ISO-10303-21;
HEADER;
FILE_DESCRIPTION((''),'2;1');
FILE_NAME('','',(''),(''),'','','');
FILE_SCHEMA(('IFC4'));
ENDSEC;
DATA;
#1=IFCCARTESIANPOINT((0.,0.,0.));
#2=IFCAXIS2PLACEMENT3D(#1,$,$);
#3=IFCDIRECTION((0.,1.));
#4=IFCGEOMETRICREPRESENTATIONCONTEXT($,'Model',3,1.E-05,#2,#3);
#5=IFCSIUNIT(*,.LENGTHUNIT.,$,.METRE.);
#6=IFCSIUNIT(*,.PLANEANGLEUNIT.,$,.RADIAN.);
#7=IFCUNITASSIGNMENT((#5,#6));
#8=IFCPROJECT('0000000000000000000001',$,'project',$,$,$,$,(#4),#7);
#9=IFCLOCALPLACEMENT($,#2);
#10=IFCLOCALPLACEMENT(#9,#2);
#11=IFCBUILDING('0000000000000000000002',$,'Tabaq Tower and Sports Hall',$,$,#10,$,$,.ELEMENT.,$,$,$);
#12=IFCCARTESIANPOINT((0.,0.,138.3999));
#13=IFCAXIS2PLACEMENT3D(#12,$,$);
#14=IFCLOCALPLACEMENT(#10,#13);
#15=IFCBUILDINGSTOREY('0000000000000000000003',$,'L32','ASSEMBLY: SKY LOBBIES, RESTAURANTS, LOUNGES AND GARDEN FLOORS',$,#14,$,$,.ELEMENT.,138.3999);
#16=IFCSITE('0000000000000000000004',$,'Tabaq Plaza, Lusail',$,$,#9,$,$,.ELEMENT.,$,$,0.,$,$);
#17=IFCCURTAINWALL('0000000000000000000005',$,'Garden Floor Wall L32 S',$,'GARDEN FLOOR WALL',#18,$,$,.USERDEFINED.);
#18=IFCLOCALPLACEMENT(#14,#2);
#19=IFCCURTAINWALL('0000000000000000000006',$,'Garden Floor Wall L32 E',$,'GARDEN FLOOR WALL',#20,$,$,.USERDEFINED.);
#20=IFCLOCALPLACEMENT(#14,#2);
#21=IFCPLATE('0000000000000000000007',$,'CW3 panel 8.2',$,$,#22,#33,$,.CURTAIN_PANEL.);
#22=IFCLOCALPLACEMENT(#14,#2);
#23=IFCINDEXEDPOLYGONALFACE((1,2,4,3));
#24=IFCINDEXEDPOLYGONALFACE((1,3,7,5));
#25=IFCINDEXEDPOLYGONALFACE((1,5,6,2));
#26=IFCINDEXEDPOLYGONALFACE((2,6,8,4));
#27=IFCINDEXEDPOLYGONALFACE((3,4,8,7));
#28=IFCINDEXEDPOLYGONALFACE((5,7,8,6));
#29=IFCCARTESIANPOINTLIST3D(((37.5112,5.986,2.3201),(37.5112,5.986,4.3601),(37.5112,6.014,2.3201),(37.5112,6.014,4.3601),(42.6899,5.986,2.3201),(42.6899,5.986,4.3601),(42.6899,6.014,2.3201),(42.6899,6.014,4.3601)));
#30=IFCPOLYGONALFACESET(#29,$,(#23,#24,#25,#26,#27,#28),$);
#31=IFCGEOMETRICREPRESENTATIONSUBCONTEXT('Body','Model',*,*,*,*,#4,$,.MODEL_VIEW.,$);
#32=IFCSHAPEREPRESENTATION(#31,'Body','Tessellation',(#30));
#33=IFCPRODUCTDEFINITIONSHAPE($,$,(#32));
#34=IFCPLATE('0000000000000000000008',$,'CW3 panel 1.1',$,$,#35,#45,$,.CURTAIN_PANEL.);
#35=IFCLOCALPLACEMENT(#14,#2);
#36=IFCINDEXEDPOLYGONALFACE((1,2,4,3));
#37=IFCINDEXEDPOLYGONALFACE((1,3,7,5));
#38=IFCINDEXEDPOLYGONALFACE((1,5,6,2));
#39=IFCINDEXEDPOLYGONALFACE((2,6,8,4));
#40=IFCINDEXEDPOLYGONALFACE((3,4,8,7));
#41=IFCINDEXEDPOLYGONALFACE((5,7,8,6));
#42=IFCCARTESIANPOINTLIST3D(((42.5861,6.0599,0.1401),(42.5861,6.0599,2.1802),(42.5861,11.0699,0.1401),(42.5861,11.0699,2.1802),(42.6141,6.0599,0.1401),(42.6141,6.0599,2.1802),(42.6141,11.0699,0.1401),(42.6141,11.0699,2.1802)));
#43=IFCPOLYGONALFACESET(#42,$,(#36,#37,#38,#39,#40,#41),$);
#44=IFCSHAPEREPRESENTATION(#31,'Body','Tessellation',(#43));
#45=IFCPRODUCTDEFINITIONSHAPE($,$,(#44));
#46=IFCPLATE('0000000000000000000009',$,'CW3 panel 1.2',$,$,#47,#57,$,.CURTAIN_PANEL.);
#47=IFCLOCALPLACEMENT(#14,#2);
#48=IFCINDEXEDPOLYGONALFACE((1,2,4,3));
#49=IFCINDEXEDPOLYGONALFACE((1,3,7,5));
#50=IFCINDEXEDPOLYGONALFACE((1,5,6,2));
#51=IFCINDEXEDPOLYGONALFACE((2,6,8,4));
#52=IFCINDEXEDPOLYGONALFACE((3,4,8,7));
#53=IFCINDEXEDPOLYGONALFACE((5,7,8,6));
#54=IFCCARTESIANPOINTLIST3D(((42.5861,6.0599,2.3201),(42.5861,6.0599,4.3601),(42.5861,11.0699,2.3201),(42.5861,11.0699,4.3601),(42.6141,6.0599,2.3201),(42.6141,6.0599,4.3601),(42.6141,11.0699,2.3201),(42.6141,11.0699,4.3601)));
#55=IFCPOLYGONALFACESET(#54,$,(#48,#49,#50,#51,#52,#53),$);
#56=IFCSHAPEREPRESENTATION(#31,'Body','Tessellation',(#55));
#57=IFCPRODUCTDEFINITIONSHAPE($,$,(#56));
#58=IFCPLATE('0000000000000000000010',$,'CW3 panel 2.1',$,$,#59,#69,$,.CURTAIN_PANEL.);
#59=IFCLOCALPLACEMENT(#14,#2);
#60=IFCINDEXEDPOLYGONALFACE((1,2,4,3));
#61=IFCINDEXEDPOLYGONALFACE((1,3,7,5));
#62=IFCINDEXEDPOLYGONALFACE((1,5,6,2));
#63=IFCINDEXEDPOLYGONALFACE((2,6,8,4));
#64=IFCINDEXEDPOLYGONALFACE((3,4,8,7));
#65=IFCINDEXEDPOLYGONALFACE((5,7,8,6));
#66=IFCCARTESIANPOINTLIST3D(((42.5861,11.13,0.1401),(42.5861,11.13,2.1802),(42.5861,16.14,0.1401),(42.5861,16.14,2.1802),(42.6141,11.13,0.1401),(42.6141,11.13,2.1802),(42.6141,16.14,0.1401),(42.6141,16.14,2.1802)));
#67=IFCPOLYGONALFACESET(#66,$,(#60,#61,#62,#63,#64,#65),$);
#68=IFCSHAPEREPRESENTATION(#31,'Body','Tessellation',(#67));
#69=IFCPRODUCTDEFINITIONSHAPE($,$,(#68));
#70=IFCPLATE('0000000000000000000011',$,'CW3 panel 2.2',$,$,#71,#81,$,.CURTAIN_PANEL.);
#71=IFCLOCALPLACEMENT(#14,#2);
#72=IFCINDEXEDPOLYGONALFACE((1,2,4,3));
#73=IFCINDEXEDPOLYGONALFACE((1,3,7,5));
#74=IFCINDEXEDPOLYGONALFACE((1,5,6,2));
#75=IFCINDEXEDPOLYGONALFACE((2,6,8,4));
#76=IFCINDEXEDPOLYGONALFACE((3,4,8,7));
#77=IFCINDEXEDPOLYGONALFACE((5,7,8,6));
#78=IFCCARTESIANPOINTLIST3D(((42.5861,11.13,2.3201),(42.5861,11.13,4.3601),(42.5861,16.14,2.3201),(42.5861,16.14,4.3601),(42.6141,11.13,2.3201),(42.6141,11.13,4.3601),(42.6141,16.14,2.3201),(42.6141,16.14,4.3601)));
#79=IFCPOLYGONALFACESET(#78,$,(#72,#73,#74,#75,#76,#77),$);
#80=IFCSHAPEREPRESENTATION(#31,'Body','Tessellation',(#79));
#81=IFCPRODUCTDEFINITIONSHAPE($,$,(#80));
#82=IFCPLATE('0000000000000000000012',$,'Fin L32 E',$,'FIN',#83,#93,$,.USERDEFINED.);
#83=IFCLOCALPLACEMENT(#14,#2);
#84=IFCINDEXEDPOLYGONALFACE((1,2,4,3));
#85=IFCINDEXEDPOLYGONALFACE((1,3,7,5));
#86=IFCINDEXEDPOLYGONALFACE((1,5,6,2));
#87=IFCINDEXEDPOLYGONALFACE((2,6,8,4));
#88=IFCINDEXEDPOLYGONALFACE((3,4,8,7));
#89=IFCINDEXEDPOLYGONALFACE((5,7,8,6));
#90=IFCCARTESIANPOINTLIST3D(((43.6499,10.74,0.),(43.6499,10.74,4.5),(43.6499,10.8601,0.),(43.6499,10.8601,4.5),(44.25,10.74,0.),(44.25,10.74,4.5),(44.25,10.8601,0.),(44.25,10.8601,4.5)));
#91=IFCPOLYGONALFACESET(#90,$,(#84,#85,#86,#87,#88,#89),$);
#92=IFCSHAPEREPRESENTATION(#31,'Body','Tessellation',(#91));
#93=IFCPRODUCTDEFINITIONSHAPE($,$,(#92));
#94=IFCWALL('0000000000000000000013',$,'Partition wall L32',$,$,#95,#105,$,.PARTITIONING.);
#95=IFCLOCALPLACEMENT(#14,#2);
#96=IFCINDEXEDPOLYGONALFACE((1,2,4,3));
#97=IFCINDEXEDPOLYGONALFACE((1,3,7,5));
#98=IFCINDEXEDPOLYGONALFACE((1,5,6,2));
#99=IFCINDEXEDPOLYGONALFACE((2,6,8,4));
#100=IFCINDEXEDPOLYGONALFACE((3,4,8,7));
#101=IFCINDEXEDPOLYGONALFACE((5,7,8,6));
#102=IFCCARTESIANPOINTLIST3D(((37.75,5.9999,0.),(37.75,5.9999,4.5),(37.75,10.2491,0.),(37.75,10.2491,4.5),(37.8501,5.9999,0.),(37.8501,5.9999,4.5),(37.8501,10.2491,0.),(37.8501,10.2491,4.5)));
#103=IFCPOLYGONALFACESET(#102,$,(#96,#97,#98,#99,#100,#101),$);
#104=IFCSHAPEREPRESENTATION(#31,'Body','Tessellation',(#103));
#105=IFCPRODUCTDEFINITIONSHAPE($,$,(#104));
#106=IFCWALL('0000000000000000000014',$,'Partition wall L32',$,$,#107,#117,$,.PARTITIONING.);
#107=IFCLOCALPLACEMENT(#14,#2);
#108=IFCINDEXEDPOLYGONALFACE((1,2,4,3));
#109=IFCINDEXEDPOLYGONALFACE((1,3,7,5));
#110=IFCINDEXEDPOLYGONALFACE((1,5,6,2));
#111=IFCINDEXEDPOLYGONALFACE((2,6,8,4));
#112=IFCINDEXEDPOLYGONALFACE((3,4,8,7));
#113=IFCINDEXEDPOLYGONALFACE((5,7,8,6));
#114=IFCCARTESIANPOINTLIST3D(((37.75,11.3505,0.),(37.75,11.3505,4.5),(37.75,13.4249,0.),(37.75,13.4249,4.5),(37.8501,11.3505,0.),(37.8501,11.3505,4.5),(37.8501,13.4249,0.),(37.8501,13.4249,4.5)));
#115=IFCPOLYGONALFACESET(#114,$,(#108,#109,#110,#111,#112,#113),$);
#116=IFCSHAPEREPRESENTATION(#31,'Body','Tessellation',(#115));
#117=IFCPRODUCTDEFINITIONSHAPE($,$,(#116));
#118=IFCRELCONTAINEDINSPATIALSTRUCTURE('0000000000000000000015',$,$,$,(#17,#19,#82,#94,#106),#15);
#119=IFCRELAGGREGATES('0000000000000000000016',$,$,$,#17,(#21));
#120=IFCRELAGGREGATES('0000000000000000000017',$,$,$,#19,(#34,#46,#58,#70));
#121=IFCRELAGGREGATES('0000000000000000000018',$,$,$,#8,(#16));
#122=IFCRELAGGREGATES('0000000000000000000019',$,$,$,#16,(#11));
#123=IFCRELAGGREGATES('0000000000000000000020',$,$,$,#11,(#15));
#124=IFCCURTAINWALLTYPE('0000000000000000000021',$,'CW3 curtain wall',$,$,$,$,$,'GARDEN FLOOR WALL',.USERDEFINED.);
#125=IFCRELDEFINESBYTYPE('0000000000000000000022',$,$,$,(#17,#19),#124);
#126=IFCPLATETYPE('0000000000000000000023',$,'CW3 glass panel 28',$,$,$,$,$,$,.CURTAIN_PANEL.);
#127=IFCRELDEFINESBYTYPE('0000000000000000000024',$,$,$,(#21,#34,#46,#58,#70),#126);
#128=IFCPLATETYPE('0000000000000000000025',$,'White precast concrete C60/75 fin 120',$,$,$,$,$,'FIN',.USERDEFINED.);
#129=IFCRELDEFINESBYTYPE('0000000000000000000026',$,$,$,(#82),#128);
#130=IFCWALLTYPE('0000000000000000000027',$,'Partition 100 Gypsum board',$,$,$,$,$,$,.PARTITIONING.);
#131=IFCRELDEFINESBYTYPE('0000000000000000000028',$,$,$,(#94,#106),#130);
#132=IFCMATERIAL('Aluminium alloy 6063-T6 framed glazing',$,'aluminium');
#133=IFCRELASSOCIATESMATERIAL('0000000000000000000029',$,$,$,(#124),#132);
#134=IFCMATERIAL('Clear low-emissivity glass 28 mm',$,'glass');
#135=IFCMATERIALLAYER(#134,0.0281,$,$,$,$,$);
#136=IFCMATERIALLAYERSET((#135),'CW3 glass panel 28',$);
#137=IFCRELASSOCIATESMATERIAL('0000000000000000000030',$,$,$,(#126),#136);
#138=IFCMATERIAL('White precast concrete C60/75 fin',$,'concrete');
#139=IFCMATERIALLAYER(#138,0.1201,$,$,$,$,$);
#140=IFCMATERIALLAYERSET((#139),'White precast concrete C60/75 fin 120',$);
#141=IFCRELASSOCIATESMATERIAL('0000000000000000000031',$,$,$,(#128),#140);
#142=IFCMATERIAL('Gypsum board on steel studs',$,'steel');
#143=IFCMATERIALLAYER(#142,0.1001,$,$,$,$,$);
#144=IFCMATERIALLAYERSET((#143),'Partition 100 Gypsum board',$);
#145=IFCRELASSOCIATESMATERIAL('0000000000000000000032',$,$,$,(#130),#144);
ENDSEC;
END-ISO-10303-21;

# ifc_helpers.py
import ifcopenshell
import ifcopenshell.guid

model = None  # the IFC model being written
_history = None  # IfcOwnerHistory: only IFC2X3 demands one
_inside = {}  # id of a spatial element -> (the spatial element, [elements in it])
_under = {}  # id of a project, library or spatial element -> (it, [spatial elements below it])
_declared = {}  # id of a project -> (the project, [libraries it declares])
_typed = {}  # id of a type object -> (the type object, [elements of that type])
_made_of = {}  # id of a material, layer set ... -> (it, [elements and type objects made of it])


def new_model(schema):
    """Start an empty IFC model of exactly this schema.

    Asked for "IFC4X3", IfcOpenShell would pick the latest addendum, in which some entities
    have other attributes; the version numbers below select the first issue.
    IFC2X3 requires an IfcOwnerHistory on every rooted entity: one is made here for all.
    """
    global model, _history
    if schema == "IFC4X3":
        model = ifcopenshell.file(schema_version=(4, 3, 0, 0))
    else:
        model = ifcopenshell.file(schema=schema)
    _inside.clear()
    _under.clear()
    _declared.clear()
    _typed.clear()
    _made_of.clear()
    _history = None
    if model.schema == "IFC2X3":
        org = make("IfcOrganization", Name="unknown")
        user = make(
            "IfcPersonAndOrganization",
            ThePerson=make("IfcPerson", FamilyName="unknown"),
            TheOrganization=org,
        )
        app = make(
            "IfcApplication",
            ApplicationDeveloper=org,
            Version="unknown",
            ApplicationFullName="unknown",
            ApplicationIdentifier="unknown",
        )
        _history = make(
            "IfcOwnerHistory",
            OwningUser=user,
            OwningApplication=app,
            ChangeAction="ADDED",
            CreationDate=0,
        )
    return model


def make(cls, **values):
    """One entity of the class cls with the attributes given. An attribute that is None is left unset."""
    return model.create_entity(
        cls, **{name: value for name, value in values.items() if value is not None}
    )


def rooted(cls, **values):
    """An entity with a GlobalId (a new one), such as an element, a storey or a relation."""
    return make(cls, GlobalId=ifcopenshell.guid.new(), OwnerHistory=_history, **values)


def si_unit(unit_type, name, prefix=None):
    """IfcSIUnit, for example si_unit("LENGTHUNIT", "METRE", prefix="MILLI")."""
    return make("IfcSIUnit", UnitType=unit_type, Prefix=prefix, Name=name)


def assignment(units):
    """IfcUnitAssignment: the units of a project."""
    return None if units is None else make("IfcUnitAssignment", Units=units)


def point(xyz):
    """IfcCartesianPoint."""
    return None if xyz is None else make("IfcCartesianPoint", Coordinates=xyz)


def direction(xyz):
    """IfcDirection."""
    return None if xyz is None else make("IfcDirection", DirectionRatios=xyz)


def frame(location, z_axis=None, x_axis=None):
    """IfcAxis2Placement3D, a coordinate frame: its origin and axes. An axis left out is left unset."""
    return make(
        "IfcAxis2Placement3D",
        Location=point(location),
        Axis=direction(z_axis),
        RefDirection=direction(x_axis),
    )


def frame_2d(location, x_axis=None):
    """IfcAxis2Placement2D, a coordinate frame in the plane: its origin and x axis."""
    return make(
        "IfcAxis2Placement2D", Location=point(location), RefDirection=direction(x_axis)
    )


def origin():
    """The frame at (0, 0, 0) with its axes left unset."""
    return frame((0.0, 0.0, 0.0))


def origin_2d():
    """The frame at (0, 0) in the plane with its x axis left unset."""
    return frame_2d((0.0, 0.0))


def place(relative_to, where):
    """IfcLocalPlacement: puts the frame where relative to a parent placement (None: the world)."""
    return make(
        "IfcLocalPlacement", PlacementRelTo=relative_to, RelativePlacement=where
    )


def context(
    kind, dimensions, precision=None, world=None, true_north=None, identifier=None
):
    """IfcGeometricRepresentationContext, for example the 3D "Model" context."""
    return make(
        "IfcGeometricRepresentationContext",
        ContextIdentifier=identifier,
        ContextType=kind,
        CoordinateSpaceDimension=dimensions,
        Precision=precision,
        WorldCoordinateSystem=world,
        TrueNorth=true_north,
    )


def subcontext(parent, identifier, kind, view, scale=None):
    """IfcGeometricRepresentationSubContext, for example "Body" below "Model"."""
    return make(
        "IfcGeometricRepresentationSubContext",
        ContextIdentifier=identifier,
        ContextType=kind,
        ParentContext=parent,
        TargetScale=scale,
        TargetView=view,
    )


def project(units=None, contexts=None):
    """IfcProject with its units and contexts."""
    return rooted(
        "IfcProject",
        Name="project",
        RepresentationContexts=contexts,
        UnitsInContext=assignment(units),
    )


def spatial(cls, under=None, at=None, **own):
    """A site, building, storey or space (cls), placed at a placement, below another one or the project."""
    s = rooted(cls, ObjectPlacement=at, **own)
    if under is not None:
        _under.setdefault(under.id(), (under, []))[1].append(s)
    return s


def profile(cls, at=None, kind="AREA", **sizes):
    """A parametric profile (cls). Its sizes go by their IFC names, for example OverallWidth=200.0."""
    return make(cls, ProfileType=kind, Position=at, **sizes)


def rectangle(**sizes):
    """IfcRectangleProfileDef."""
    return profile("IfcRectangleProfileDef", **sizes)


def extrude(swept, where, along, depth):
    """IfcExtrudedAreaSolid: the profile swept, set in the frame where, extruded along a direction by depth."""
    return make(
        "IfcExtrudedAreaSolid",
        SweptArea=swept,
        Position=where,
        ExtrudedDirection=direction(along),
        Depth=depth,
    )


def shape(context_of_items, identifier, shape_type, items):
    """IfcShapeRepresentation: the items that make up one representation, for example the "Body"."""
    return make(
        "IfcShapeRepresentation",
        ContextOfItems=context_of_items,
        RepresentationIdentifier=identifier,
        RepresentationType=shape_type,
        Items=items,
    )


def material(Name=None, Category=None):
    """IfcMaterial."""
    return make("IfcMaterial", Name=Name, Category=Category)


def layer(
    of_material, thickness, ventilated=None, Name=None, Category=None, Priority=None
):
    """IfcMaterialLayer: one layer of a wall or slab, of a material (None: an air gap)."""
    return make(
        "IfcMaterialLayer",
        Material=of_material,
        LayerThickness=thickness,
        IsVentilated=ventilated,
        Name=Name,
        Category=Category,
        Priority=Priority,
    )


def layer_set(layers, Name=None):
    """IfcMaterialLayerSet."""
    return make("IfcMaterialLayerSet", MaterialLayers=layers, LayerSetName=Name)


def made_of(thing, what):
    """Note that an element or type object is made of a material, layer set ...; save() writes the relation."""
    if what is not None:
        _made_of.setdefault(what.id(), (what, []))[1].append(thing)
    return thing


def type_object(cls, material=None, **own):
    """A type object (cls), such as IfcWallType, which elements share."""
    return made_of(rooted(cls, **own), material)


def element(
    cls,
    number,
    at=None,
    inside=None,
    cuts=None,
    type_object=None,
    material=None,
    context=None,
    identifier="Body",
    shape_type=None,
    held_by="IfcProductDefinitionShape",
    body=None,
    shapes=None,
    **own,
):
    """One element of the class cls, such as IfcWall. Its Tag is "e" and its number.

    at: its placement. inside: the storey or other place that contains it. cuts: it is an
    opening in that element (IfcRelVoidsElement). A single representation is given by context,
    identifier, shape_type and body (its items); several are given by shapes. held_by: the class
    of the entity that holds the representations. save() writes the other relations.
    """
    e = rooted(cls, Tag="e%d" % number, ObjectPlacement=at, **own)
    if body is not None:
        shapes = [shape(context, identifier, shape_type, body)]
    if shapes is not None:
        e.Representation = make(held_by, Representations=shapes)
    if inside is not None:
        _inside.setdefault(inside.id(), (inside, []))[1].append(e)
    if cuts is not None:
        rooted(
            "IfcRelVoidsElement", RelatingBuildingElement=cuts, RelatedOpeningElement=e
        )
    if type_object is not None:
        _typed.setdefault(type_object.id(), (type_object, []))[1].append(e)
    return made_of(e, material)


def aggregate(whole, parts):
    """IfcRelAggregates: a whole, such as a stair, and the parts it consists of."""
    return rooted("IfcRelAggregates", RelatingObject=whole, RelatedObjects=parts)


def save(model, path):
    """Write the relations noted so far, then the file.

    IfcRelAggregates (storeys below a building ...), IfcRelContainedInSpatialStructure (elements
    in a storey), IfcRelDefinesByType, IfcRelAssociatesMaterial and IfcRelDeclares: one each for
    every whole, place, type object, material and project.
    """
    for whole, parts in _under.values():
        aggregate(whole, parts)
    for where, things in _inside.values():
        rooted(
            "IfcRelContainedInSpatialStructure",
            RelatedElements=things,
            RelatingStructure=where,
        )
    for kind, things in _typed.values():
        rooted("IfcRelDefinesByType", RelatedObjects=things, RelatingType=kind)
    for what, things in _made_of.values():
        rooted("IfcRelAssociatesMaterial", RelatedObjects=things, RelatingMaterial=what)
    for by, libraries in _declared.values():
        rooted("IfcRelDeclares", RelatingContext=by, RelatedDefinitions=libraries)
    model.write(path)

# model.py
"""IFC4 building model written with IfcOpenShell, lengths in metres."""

from ifc_helpers import new_model, si_unit, direction, frame, frame_2d, origin, origin_2d, place, context, subcontext, project, spatial, rectangle, extrude, material, layer, layer_set, type_object, element, aggregate, save


model = new_model("IFC4")

# Units and contexts
model_context = context("Model", 3, precision=1e-05, world=origin(), true_north=direction((0.0, 1.0)))
body_context = subcontext(model_context, "Body", "Model", "MODEL_VIEW")
ifc_project = project(units=[si_unit("LENGTHUNIT", "METRE"), si_unit("PLANEANGLEUNIT", "RADIAN")], contexts=[model_context])

# Site, building, storey
site_placement = place(None, origin())
site = spatial("IfcSite", under=ifc_project, at=site_placement, Name="Tabaq Plaza, Lusail", CompositionType="ELEMENT", RefElevation=0.0)
building_placement = place(site_placement, origin())
building = spatial("IfcBuilding", under=site, at=building_placement, Name="Tabaq Tower and Sports Hall", CompositionType="ELEMENT")
storey_placement = place(building_placement, frame((0.0, 0.0, 138.3999)))
storey = spatial("IfcBuildingStorey", under=building, at=storey_placement, Name="L32", Description="ASSEMBLY: SKY LOBBIES, RESTAURANTS, LOUNGES AND GARDEN FLOORS", CompositionType="ELEMENT", Elevation=138.3999)

# Curtain wall
ifc_material_1 = material(Name="Aluminium alloy 6063-T6 framed glazing", Category="aluminium")
curtain_wall_type = type_object("IfcCurtainWallType", Name="CW3 curtain wall", ElementType="GARDEN FLOOR WALL", PredefinedType="USERDEFINED", material=ifc_material_1)
curtain_wall_1_placement = place(storey_placement, origin())
curtain_wall_1 = element("IfcCurtainWall", 1, at=curtain_wall_1_placement, inside=storey, type_object=curtain_wall_type, Name="Garden Floor Wall L32 S", ObjectType="GARDEN FLOOR WALL", PredefinedType="USERDEFINED")

# Curtain wall
curtain_wall_2_placement = place(storey_placement, origin())
curtain_wall_2 = element("IfcCurtainWall", 2, at=curtain_wall_2_placement, inside=storey, type_object=curtain_wall_type, Name="Garden Floor Wall L32 E", ObjectType="GARDEN FLOOR WALL", PredefinedType="USERDEFINED")

# Plates
ifc_material_2 = material(Name="Clear low-emissivity glass 28 mm", Category="glass")
ifc_layer_1 = layer(ifc_material_2, 0.0281)
ifc_layer_set_1 = layer_set([ifc_layer_1], Name="CW3 glass panel 28")
plate_type_1 = type_object("IfcPlateType", Name="CW3 glass panel 28", PredefinedType="CURTAIN_PANEL", material=ifc_layer_set_1)
plate_1_placement = place(storey_placement, frame((40.1006, 6.0, 2.3201), z_axis=(0.0, 0.0, 1.0), x_axis=(1.0, 0.0, 0.0)))
plate_1 = element("IfcPlate", 3, at=plate_1_placement, type_object=plate_type_1, Name="CW3 panel 8.2", PredefinedType="CURTAIN_PANEL", context=body_context, shape_type="SweptSolid", body=[
    extrude(rectangle(XDim=5.1787, YDim=0.0281, at=origin_2d()), origin(), (0.0, 0.0, 1.0), 2.04),
])
aggregate(curtain_wall_1, [plate_1])
plate_2_placement = place(storey_placement, frame((42.6001, 8.5649, 0.1401), z_axis=(0.0, 0.0, 1.0), x_axis=(0.0, 1.0, 0.0)))
plate_2 = element("IfcPlate", 4, at=plate_2_placement, type_object=plate_type_1, Name="CW3 panel 1.1", PredefinedType="CURTAIN_PANEL", context=body_context, shape_type="SweptSolid", body=[
    extrude(rectangle(XDim=5.01, YDim=0.0281, at=origin_2d()), origin(), (0.0, 0.0, 1.0), 2.04),
])
plate_3_placement = place(storey_placement, frame((42.6001, 8.5649, 2.3201), z_axis=(0.0, 0.0, 1.0), x_axis=(0.0, 1.0, 0.0)))
plate_3 = element("IfcPlate", 5, at=plate_3_placement, type_object=plate_type_1, Name="CW3 panel 1.2", PredefinedType="CURTAIN_PANEL", context=body_context, shape_type="SweptSolid", body=[
    extrude(rectangle(XDim=5.01, YDim=0.0281, at=origin_2d()), origin(), (0.0, 0.0, 1.0), 2.04),
])
plate_4_placement = place(storey_placement, frame((42.6001, 13.635, 0.1401), z_axis=(0.0, 0.0, 1.0), x_axis=(0.0, 1.0, 0.0)))
plate_4 = element("IfcPlate", 6, at=plate_4_placement, type_object=plate_type_1, Name="CW3 panel 2.1", PredefinedType="CURTAIN_PANEL", context=body_context, shape_type="SweptSolid", body=[
    extrude(rectangle(XDim=5.01, YDim=0.0281, at=origin_2d()), origin(), (0.0, 0.0, 1.0), 2.04),
])
plate_5_placement = place(storey_placement, frame((42.6001, 13.635, 2.3201), z_axis=(0.0, 0.0, 1.0), x_axis=(0.0, 1.0, 0.0)))
plate_5 = element("IfcPlate", 7, at=plate_5_placement, type_object=plate_type_1, Name="CW3 panel 2.2", PredefinedType="CURTAIN_PANEL", context=body_context, shape_type="SweptSolid", body=[
    extrude(rectangle(XDim=5.01, YDim=0.0281, at=origin_2d()), origin(), (0.0, 0.0, 1.0), 2.04),
])
aggregate(curtain_wall_2, [plate_2, plate_3, plate_4, plate_5])
ifc_material_3 = material(Name="White precast concrete C60/75 fin", Category="concrete")
ifc_layer_2 = layer(ifc_material_3, 0.1201)
ifc_layer_set_2 = layer_set([ifc_layer_2], Name="White precast concrete C60/75 fin 120")
plate_type_2 = type_object("IfcPlateType", Name="White precast concrete C60/75 fin 120", ElementType="FIN", PredefinedType="USERDEFINED", material=ifc_layer_set_2)
plate_6_placement = place(storey_placement, frame((43.95, 10.8, 0.0), z_axis=(0.0, 0.0, 1.0), x_axis=(0.0, 1.0, 0.0)))
element("IfcPlate", 8, at=plate_6_placement, inside=storey, type_object=plate_type_2, Name="Fin L32 E", ObjectType="FIN", PredefinedType="USERDEFINED", context=body_context, shape_type="SweptSolid", body=[
    extrude(rectangle(XDim=0.1201, YDim=0.6001, at=origin_2d()), origin(), (0.0, 0.0, 1.0), 4.5),
])

# Walls
ifc_material_4 = material(Name="Gypsum board on steel studs", Category="steel")
ifc_layer_3 = layer(ifc_material_4, 0.1001)
ifc_layer_set_3 = layer_set([ifc_layer_3], Name="Partition 100 Gypsum board")
wall_type_1 = type_object("IfcWallType", Name="Partition 100 Gypsum board", PredefinedType="PARTITIONING", material=ifc_layer_set_3)
wall_1_placement = place(storey_placement, frame((37.8, 6.0, 0.0), z_axis=(0.0, 0.0, 1.0), x_axis=(0.0, 1.0, 0.0)))
element("IfcWall", 9, at=wall_1_placement, inside=storey, type_object=wall_type_1, Name="Partition wall L32", PredefinedType="PARTITIONING", context=body_context, shape_type="SweptSolid", body=[
    extrude(rectangle(XDim=4.2493, YDim=0.1001, at=frame_2d((2.1245, 0.0))), origin(), (0.0, 0.0, 1.0), 4.5),
])
wall_2_placement = place(storey_placement, frame((37.8, 11.3506, 0.0), z_axis=(0.0, 0.0, 1.0), x_axis=(0.0, 1.0, 0.0)))
element("IfcWall", 10, at=wall_2_placement, inside=storey, type_object=wall_type_1, Name="Partition wall L32", PredefinedType="PARTITIONING", context=body_context, shape_type="SweptSolid", body=[
    extrude(rectangle(XDim=2.0745, YDim=0.1001, at=frame_2d((1.0371, 0.0))), origin(), (0.0, 0.0, 1.0), 4.5),
])

save(model, "model.ifc")
